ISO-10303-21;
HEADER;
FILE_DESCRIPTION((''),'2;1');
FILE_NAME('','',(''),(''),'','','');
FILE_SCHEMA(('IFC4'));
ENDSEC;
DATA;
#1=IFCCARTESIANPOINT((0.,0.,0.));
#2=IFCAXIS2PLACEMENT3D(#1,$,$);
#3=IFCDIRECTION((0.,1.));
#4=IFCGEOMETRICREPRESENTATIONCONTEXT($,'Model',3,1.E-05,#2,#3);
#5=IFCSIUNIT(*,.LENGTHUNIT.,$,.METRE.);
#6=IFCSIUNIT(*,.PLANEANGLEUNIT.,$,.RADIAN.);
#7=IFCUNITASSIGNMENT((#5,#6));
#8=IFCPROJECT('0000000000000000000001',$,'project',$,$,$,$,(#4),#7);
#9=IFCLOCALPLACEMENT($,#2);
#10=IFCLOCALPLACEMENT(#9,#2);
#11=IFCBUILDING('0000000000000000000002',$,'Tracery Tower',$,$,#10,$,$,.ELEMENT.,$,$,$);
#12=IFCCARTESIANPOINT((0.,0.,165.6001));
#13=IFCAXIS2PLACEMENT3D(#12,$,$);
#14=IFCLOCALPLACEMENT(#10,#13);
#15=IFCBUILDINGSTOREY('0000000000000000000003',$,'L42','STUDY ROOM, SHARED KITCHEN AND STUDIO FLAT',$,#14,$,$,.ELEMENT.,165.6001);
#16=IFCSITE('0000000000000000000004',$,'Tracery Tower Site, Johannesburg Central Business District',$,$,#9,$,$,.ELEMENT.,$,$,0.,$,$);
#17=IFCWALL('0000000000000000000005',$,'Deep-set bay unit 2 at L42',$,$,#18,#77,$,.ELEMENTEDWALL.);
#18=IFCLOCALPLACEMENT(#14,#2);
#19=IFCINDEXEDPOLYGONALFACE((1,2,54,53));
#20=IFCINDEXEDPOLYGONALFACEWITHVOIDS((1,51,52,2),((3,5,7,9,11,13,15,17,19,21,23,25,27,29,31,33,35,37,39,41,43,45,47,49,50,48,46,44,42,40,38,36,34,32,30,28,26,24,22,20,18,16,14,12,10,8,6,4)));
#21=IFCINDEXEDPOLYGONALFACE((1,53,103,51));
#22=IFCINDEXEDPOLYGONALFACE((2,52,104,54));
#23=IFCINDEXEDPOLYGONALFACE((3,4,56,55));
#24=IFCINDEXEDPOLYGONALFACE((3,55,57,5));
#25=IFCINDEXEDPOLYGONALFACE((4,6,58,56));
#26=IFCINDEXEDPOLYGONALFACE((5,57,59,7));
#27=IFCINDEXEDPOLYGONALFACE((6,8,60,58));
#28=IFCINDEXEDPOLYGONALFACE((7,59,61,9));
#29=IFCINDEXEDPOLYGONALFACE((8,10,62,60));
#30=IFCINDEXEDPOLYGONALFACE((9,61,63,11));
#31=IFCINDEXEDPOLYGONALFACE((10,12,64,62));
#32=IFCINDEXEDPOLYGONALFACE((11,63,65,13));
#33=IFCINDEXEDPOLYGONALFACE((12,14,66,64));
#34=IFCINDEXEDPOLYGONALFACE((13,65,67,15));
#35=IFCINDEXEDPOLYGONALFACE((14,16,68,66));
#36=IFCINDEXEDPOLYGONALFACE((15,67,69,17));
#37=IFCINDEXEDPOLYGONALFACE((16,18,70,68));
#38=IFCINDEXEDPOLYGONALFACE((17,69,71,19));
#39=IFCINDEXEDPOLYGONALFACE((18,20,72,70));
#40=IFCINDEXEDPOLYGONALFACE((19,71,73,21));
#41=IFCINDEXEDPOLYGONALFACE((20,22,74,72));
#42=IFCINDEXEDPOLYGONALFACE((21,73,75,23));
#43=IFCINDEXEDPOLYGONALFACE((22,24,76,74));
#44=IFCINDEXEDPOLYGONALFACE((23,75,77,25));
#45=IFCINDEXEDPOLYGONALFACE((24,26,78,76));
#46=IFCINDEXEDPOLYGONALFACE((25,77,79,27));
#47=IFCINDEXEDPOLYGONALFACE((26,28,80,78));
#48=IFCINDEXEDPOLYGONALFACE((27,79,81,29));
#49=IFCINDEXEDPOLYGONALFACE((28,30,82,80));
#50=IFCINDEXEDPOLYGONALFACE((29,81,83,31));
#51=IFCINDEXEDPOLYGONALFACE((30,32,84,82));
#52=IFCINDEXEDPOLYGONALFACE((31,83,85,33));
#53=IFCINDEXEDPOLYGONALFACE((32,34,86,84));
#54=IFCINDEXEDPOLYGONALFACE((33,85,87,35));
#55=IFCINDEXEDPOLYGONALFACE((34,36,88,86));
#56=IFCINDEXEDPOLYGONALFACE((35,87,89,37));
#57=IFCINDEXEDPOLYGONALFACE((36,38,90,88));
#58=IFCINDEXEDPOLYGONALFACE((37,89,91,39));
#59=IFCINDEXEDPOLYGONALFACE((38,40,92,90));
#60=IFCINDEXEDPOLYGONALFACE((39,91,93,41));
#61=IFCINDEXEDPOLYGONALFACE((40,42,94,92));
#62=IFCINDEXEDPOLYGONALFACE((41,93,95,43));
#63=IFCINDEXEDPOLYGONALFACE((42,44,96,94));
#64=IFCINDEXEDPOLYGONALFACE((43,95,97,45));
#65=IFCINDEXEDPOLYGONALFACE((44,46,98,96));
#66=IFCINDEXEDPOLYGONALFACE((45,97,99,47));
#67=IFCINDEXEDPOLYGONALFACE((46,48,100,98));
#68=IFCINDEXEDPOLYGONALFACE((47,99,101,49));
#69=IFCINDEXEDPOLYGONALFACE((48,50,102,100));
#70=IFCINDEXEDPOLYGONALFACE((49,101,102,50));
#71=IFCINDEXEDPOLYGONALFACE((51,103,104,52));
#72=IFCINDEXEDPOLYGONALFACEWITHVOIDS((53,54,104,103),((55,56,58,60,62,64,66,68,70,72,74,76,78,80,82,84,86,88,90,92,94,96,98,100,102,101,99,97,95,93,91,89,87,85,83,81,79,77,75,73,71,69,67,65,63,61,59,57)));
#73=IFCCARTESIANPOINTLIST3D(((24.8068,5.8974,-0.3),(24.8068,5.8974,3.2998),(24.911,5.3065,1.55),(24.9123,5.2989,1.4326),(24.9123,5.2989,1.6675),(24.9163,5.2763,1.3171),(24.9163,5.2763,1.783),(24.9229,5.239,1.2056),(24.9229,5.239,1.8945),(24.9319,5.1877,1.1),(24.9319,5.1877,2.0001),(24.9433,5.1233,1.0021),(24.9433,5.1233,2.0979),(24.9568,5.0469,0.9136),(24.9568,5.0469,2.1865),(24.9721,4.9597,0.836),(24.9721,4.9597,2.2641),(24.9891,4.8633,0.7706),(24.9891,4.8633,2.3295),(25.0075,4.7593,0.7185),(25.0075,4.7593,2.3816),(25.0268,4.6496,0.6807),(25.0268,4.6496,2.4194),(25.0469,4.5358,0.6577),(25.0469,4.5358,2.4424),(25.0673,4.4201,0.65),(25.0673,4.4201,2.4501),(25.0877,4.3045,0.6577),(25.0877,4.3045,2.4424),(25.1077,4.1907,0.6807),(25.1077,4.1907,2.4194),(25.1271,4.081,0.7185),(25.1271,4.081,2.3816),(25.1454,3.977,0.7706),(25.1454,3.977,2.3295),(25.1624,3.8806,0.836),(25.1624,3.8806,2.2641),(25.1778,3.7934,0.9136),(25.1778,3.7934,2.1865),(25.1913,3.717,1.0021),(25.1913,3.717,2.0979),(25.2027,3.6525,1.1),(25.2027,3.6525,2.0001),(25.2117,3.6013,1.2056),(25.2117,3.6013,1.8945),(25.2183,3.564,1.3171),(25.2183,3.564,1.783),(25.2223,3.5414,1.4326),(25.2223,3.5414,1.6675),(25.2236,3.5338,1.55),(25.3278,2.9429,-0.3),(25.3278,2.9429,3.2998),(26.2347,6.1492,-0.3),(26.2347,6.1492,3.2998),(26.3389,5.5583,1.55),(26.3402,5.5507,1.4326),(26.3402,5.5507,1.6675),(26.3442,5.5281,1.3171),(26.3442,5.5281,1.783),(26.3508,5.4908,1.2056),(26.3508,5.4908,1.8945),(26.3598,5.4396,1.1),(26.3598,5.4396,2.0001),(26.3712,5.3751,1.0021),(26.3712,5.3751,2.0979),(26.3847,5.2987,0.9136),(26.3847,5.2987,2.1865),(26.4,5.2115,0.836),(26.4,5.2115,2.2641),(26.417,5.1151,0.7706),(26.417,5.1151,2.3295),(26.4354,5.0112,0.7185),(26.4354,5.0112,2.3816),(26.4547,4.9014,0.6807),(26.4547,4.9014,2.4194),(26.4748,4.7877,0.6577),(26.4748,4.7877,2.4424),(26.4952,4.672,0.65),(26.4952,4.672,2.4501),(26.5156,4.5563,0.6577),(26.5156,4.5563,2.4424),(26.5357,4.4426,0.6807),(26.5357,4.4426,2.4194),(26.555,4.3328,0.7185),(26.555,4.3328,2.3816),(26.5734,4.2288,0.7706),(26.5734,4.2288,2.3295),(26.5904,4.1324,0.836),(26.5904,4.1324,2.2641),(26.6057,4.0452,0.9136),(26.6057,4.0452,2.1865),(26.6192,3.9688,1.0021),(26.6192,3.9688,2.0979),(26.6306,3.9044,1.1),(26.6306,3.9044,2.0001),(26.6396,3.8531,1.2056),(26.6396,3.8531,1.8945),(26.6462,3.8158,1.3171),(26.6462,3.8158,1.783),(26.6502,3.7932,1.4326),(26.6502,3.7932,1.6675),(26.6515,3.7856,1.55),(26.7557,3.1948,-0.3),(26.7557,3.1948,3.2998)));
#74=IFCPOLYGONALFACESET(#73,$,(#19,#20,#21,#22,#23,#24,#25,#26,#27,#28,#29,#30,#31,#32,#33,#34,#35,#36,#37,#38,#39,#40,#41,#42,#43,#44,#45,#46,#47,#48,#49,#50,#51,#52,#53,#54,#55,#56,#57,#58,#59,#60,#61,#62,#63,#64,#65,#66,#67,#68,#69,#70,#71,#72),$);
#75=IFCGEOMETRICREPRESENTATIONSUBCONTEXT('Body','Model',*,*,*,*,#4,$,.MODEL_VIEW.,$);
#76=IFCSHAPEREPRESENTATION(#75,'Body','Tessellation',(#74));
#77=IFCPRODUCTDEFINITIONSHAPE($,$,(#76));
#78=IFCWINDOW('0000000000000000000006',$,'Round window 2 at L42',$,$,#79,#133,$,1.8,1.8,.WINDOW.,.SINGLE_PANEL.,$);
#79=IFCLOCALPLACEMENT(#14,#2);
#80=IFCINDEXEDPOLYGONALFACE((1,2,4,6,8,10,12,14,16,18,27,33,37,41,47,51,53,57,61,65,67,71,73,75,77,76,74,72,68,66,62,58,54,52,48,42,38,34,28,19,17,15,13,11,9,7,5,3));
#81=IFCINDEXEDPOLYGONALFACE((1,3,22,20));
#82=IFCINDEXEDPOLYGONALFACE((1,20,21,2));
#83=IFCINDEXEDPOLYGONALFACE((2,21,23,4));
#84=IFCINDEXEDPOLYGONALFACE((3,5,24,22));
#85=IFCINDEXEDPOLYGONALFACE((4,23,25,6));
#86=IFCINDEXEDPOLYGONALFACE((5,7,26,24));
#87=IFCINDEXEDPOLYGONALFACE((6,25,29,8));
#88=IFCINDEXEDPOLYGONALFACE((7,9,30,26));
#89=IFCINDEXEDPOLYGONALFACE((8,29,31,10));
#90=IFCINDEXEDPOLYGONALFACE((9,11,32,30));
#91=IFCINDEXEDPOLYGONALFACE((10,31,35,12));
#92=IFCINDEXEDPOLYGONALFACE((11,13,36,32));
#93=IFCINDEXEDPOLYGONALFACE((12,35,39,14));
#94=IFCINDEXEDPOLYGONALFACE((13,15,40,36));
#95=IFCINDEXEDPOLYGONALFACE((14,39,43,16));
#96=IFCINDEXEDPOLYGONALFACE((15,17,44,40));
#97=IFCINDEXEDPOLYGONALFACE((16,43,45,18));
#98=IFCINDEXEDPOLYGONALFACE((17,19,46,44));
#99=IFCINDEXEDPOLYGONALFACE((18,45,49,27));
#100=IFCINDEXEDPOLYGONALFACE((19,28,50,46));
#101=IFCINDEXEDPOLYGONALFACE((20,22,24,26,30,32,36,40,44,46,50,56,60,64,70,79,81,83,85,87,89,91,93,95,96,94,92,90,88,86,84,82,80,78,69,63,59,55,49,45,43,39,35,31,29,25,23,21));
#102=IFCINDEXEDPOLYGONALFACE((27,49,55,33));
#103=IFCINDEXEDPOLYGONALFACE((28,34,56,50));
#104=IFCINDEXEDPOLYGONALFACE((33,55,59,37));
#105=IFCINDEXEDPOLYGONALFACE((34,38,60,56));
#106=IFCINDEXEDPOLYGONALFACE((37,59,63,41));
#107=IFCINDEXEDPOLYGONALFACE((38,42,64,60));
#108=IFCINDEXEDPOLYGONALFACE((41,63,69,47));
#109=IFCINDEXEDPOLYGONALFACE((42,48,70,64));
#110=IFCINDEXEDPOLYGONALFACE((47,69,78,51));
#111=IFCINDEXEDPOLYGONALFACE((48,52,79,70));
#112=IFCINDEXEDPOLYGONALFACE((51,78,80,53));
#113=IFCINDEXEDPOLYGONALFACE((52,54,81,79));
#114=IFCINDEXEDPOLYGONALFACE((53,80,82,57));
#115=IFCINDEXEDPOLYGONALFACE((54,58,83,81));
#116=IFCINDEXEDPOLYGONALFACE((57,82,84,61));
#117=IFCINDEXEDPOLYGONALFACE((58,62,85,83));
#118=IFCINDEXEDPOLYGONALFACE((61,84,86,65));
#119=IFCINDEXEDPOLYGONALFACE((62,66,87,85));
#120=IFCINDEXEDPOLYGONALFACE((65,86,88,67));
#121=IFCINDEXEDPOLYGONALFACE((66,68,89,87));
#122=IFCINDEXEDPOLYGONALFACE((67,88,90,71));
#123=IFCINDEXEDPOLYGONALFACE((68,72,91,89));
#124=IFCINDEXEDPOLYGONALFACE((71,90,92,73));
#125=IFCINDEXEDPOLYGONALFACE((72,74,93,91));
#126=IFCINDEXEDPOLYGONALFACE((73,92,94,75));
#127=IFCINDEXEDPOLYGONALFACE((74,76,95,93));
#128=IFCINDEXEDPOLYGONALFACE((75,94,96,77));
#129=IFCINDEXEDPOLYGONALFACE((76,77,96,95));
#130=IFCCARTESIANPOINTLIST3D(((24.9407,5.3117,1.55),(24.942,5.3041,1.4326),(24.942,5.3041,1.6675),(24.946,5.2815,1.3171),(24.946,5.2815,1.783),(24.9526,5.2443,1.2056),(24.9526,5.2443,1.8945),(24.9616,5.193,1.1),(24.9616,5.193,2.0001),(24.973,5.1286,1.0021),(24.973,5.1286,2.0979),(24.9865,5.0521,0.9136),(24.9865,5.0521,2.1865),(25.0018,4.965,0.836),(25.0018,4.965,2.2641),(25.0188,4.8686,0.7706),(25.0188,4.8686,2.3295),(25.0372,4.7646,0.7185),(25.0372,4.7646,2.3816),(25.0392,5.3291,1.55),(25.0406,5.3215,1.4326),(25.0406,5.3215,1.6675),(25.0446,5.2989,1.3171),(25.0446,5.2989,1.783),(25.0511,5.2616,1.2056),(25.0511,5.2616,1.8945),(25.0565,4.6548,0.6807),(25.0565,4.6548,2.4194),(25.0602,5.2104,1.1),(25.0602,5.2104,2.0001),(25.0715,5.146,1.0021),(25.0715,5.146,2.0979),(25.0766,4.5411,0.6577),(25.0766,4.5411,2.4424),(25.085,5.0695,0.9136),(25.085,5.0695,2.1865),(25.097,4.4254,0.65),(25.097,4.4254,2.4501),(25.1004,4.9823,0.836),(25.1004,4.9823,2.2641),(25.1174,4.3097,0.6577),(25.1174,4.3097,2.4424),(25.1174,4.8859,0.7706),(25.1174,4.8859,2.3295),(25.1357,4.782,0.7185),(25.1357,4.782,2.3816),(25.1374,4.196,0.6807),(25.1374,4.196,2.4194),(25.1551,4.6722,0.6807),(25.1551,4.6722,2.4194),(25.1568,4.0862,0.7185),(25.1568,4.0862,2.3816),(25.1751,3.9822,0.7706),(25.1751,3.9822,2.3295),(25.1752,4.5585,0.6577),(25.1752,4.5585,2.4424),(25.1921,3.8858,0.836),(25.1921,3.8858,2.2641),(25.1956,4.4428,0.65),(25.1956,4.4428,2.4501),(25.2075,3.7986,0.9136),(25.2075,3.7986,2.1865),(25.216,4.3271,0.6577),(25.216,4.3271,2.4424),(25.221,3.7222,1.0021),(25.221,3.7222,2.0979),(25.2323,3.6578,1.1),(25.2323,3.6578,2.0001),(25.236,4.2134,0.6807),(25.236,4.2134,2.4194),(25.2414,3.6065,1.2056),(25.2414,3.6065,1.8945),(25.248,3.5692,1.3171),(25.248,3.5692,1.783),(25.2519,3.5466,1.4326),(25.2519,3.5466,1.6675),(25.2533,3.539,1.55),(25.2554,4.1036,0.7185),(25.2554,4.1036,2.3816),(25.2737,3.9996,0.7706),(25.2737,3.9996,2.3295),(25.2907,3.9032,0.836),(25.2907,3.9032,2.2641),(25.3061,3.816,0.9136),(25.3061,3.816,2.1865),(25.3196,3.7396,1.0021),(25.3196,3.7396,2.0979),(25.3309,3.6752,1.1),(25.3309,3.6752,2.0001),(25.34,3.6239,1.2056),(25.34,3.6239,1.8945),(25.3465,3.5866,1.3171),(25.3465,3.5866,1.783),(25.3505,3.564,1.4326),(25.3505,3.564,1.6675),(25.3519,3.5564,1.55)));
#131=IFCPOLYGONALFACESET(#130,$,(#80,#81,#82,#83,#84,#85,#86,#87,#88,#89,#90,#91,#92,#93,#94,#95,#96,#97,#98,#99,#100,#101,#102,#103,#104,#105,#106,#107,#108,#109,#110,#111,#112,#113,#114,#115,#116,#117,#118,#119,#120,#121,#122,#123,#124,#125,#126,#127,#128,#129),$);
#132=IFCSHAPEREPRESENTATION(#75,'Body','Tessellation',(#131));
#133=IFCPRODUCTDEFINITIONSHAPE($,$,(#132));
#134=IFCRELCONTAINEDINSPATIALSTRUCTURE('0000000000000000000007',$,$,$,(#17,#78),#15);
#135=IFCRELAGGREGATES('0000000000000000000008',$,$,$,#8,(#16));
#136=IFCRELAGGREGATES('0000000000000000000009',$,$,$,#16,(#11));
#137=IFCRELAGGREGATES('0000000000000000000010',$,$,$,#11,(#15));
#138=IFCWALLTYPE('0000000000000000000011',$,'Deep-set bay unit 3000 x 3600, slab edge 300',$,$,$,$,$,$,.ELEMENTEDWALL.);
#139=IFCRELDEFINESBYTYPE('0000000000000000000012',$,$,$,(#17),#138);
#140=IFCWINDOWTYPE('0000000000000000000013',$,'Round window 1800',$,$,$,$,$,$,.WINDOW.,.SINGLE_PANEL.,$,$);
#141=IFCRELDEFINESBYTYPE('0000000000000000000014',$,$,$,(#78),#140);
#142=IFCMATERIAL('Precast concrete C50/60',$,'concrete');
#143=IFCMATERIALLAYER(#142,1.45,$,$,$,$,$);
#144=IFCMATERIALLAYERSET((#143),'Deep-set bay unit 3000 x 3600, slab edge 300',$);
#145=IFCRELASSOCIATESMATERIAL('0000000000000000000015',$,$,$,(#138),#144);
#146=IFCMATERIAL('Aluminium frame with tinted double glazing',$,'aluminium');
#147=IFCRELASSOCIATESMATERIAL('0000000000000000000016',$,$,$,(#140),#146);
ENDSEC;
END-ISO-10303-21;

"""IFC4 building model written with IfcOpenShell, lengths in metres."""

from ifc_helpers import new_model, si_unit, direction, frame, frame_2d, origin, origin_2d, place, context, subcontext, project, spatial, rectangle, circle, extrude, material, layer, layer_set, type_object, element, fill, save


model = new_model("IFC4")

# Units and contexts
model_context = context("Model", 3, precision=1e-05, world=origin(), true_north=direction((0.0, 1.0)))
body_context = subcontext(model_context, "Body", "Model", "MODEL_VIEW")
ifc_project = project(units=[si_unit("LENGTHUNIT", "METRE"), si_unit("PLANEANGLEUNIT", "RADIAN")], contexts=[model_context])

# Site, building, storey
site_placement = place(None, origin())
site = spatial("IfcSite", under=ifc_project, at=site_placement, Name="Tracery Tower Site, Johannesburg Central Business District", CompositionType="ELEMENT", RefElevation=0.0)
building_placement = place(site_placement, origin())
building = spatial("IfcBuilding", under=site, at=building_placement, Name="Tracery Tower", CompositionType="ELEMENT")
storey_placement = place(building_placement, frame((0.0, 0.0, 165.6001)))
storey = spatial("IfcBuildingStorey", under=building, at=storey_placement, Name="L42", Description="STUDY ROOM, SHARED KITCHEN AND STUDIO FLAT", CompositionType="ELEMENT", Elevation=165.6001)

# Wall, opening, window
ifc_material_1 = material(Name="Precast concrete C50/60", Category="concrete")
ifc_layer_1 = layer(ifc_material_1, 1.45)
ifc_layer_set_1 = layer_set([ifc_layer_1], Name="Deep-set bay unit 3000 x 3600, slab edge 300")
wall_type_1 = type_object("IfcWallType", Name="Deep-set bay unit 3000 x 3600, slab edge 300", PredefinedType="ELEMENTEDWALL", material=ifc_layer_set_1)
wall_1_placement = place(storey_placement, frame((26.0417, 3.0688, -0.3), z_axis=(0.0, 0.0, 1.0), x_axis=(-0.173669, 0.984804, 0.0)))
wall_1 = element("IfcWall", 1, at=wall_1_placement, inside=storey, type_object=wall_type_1, Name="Deep-set bay unit 2 at L42", PredefinedType="ELEMENTEDWALL", context=body_context, shape_type="SweptSolid", body=[
    extrude(rectangle(XDim=3.0, YDim=1.45, at=frame_2d((1.5, 0.0))), origin(), (0.0, 0.0, 1.0), 3.5999),
])
opening_1_placement = place(wall_1_placement, frame((1.5, 0.0, 1.8501)))
opening_1 = element("IfcOpeningElement", 2, at=opening_1_placement, cuts=wall_1, PredefinedType="OPENING", context=body_context, shape_type="SweptSolid", body=[
    extrude(circle(Radius=0.9, at=origin_2d()), frame((0.0, 0.7349, 0.0), z_axis=(0.0, -1.0, 0.0), x_axis=(1.0, 0.0, 0.0)), (0.0, 0.0, 1.0), 1.47),
])
ifc_material_2 = material(Name="Aluminium frame with tinted double glazing", Category="aluminium")
window_type = type_object("IfcWindowType", Name="Round window 1800", PartitioningType="SINGLE_PANEL", PredefinedType="WINDOW", material=ifc_material_2)
window_1_placement = place(opening_1_placement, origin())
window_1 = element("IfcWindow", 3, at=window_1_placement, inside=storey, type_object=window_type, Name="Round window 2 at L42", OverallHeight=1.8, OverallWidth=1.8, PartitioningType="SINGLE_PANEL", PredefinedType="WINDOW", context=body_context, shape_type="SweptSolid", body=[
    extrude(circle(Radius=0.9, at=origin_2d()), frame((0.0, 0.6948, 0.0), z_axis=(0.0, -1.0, 0.0), x_axis=(1.0, 0.0, 0.0)), (0.0, 0.0, 1.0), 0.1001),
])
fill(opening_1, window_1)

save(model, "model.ifc")
